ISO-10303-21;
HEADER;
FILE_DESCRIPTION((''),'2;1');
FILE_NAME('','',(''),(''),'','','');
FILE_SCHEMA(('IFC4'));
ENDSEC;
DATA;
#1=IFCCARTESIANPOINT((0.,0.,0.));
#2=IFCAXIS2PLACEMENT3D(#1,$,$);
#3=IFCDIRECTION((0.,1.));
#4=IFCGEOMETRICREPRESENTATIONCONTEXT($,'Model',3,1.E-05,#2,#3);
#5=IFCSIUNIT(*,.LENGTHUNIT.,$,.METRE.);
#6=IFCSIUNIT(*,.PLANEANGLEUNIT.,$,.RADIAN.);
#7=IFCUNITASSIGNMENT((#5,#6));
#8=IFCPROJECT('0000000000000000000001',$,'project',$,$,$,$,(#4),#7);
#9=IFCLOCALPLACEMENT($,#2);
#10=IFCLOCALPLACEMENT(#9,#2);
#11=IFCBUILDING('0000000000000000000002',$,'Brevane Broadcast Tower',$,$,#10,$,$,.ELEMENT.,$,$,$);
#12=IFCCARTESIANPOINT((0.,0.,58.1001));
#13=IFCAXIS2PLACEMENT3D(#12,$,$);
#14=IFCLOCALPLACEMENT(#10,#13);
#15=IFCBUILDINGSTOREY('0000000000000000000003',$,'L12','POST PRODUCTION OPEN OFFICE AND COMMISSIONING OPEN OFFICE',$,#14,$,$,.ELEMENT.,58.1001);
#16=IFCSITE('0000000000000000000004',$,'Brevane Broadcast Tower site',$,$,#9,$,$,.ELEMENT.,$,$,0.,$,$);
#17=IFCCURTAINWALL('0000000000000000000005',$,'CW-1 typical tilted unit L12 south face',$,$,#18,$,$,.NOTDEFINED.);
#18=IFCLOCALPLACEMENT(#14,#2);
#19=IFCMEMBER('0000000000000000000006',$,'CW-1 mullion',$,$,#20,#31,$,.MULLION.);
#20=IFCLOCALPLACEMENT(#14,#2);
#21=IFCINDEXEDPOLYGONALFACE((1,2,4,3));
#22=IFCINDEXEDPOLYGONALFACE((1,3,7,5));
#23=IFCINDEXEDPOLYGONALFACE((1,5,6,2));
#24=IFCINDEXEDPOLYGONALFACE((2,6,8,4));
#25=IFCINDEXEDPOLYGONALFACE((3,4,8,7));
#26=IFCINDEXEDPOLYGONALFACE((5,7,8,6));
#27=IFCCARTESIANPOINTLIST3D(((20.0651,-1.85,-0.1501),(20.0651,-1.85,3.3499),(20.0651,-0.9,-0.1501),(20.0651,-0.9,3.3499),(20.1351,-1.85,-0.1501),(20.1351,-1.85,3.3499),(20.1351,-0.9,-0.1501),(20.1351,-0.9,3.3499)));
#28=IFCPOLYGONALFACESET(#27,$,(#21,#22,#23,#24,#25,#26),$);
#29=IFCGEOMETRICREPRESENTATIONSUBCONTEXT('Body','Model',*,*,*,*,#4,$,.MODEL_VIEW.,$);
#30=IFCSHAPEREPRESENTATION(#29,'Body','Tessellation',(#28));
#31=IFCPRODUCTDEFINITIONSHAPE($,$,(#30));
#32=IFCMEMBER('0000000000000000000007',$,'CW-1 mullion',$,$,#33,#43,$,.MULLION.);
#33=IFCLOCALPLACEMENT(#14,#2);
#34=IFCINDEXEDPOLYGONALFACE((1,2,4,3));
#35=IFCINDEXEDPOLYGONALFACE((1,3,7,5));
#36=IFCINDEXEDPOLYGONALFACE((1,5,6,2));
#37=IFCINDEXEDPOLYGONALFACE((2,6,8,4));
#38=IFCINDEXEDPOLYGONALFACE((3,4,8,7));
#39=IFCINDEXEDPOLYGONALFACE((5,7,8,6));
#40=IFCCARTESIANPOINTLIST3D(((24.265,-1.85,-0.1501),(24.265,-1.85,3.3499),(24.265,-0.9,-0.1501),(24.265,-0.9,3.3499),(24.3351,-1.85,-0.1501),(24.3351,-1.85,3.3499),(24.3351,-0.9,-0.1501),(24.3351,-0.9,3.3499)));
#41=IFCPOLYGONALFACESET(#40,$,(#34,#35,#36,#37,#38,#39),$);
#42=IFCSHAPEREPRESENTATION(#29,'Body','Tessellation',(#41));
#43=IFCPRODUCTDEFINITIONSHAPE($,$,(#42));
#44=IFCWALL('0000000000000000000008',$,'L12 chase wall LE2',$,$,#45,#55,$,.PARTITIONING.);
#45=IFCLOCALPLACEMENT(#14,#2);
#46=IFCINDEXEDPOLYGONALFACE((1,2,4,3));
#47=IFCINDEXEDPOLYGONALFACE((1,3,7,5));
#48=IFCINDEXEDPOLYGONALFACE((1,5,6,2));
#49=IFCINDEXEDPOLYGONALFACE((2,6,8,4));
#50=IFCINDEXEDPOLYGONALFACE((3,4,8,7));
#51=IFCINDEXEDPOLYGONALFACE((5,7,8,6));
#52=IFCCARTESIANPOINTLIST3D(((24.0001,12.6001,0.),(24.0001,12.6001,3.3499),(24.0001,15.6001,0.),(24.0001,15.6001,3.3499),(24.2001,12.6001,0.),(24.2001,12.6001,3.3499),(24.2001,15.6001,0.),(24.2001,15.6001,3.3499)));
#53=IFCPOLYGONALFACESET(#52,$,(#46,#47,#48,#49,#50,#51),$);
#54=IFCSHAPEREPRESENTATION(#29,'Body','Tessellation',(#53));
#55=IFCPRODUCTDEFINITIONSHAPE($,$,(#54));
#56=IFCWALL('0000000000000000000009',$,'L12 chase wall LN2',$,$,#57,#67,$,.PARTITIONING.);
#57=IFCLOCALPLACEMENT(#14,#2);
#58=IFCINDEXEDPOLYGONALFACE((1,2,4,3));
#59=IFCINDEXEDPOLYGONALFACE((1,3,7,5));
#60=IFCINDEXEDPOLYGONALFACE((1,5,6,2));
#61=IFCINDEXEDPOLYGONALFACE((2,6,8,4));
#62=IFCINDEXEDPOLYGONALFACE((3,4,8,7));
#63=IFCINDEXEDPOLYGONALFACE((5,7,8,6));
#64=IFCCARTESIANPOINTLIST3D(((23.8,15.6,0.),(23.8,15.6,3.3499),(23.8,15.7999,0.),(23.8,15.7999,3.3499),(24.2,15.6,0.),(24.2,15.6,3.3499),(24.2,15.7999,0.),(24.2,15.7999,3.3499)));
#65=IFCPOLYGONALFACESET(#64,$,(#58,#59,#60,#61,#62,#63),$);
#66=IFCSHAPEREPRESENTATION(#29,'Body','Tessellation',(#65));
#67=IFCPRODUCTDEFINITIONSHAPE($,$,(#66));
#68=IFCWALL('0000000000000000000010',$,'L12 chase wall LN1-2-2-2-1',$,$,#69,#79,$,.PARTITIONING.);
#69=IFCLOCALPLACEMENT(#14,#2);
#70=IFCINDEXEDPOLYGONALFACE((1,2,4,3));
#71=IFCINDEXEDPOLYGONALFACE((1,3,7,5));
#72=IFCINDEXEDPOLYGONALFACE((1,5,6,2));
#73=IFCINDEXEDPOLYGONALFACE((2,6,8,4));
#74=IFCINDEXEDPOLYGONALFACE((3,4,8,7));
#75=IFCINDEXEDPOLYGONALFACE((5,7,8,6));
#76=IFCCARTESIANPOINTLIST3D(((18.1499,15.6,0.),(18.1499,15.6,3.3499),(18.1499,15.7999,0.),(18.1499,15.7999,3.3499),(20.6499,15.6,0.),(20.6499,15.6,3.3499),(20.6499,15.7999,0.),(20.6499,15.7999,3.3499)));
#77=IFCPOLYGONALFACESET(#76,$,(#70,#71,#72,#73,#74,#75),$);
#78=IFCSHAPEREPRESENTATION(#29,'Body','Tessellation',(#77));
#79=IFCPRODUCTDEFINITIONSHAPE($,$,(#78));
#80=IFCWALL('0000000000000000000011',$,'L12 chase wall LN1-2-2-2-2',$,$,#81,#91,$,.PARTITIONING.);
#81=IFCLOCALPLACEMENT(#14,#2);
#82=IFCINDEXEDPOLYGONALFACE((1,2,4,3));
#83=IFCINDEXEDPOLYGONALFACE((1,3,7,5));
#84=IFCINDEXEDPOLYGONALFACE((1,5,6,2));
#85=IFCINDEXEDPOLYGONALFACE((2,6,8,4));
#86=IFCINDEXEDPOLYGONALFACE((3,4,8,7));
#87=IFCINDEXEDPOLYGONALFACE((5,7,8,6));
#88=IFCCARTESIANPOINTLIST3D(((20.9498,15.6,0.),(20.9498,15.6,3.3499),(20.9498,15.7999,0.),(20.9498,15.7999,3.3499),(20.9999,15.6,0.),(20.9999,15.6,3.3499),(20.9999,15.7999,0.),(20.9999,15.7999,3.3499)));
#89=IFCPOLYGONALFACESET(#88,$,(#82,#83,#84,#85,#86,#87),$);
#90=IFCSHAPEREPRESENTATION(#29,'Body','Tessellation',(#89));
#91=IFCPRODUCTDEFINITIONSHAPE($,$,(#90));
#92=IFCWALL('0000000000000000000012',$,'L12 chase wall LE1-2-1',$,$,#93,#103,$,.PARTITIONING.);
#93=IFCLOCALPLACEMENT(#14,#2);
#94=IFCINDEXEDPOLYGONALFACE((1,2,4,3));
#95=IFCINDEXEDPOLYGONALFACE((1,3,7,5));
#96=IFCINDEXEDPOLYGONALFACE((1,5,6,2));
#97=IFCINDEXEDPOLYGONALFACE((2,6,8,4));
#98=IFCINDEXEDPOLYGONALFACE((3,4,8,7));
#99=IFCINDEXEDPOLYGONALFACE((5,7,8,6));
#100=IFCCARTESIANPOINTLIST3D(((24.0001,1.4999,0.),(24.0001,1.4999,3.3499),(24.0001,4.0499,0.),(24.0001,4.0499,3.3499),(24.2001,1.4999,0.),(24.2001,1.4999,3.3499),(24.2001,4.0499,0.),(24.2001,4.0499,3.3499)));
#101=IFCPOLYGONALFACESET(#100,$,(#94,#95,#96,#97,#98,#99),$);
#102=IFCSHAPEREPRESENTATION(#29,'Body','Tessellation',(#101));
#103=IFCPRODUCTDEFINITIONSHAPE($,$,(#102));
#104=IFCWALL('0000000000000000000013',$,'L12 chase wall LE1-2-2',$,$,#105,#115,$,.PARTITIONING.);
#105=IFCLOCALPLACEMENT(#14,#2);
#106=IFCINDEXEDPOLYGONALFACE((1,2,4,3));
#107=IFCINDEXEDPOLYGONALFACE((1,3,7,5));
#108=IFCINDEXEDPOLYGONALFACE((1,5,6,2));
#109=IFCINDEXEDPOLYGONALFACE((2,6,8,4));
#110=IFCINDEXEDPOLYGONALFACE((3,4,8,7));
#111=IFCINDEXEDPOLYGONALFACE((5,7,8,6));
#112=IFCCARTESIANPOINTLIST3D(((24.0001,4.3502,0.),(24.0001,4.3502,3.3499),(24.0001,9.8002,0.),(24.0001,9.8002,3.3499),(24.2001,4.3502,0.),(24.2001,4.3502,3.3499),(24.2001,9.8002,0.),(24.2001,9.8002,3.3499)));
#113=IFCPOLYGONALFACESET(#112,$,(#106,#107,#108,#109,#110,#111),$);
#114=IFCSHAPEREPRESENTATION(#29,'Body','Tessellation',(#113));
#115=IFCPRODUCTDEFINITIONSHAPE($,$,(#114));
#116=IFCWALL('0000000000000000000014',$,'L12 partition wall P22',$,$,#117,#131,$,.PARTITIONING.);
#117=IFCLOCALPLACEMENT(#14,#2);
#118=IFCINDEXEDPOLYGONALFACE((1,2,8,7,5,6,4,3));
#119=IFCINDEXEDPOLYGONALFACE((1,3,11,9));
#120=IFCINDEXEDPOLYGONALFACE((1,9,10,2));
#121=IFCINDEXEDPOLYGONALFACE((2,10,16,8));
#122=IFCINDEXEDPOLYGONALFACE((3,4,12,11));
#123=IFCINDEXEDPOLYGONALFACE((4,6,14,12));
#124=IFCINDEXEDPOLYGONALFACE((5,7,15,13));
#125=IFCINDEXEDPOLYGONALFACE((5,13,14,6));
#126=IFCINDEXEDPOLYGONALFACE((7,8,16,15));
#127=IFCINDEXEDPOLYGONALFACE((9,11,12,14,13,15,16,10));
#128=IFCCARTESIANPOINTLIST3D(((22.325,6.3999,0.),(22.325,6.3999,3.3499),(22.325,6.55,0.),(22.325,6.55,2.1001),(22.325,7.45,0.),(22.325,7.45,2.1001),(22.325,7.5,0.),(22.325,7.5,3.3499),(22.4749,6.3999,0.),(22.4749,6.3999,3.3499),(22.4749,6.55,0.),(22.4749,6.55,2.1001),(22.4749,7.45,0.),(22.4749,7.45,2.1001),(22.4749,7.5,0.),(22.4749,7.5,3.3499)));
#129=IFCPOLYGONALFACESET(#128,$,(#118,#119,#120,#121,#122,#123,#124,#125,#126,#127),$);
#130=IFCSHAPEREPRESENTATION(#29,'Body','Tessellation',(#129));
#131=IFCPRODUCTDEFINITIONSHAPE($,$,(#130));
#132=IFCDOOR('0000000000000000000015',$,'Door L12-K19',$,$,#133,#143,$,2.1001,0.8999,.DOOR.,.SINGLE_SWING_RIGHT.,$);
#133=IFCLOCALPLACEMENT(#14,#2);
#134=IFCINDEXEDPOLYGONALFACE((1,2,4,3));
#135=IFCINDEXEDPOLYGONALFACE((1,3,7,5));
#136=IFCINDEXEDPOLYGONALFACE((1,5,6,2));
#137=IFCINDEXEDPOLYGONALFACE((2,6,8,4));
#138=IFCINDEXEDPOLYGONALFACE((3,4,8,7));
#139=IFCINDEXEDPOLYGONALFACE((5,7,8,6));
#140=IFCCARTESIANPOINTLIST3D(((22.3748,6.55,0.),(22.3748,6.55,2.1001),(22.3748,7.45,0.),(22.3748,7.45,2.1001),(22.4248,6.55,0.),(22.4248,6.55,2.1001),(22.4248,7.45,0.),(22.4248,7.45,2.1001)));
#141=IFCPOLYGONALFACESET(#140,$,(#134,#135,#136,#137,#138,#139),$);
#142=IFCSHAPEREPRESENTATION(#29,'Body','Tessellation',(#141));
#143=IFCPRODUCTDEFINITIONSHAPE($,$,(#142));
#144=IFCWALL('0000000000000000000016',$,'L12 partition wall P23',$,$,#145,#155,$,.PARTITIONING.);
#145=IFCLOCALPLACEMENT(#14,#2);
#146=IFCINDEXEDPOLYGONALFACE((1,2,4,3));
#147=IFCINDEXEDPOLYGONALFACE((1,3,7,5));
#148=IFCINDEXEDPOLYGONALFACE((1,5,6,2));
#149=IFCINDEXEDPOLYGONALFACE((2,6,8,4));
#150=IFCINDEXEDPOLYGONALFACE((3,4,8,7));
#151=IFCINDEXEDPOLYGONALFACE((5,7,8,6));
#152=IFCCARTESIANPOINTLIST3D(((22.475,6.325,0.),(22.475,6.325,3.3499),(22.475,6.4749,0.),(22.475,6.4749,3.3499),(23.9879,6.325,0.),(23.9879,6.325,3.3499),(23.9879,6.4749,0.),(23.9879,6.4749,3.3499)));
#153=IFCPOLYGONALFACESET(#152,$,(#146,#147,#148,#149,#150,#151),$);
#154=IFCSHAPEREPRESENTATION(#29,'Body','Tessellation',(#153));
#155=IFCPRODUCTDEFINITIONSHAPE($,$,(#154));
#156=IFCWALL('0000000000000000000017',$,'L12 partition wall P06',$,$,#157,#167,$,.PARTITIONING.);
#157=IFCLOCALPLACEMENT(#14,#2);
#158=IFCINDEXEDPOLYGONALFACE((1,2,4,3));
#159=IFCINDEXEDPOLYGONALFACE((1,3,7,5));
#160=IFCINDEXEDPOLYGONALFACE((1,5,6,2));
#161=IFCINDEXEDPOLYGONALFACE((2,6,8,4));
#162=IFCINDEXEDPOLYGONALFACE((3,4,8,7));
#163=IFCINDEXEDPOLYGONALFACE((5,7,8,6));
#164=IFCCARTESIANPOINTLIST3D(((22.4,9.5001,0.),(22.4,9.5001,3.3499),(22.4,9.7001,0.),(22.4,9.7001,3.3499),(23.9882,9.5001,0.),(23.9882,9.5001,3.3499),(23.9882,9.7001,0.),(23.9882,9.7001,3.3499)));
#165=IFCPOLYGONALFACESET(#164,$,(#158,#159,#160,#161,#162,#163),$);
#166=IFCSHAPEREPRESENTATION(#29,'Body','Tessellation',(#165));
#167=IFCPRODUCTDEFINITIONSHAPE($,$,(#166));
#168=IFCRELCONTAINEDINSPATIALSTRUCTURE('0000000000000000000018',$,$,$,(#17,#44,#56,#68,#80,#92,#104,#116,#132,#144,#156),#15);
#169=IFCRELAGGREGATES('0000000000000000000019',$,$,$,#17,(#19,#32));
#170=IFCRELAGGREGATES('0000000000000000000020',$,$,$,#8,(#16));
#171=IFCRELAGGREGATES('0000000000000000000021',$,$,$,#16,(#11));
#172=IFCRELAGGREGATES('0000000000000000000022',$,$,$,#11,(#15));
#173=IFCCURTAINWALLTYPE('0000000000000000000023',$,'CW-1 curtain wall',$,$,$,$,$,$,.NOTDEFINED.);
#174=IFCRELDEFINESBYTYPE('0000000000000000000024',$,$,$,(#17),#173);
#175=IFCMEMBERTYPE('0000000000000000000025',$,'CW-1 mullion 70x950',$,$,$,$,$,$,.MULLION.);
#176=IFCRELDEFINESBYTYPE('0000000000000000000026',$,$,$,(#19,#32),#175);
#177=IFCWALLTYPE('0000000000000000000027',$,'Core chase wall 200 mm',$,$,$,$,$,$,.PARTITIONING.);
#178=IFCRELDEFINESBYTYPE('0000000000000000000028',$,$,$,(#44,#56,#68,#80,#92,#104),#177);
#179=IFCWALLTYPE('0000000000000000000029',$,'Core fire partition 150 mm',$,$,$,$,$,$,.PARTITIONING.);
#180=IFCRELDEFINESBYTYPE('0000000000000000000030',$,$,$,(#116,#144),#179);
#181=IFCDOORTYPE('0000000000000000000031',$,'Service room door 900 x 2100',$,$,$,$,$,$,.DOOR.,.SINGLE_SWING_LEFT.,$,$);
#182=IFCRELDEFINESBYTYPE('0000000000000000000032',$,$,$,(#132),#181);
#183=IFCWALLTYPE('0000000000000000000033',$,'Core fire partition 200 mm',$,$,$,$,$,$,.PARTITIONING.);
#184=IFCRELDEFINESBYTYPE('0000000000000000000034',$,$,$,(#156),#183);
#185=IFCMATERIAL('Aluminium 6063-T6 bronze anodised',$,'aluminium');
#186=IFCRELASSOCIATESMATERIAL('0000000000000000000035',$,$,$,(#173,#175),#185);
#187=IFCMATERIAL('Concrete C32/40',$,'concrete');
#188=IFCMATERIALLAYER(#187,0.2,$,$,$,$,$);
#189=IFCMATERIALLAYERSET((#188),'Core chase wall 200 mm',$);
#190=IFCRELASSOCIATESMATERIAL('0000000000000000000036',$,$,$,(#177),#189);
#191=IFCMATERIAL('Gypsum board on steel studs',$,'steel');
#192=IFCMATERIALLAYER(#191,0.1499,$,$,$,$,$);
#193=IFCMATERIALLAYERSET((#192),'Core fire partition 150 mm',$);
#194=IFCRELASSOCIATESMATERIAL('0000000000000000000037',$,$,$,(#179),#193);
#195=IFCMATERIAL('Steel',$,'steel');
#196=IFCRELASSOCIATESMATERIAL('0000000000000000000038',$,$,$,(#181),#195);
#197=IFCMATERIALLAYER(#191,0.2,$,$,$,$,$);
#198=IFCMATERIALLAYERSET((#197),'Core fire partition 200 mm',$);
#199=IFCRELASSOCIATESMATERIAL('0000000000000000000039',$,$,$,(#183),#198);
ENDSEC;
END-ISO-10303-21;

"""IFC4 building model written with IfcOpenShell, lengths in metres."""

from ifc_helpers import new_model, si_unit, direction, frame, frame_2d, origin, origin_2d, place, context, subcontext, project, spatial, rectangle, extrude, material, layer, layer_set, material_profile, profile_set, type_object, element, fill, aggregate, save


model = new_model("IFC4")

# Units and contexts
model_context = context("Model", 3, precision=1e-05, world=origin(), true_north=direction((0.0, 1.0)))
body_context = subcontext(model_context, "Body", "Model", "MODEL_VIEW")
ifc_project = project(units=[si_unit("LENGTHUNIT", "METRE"), si_unit("PLANEANGLEUNIT", "RADIAN")], contexts=[model_context])

# Site, building, storey
site_placement = place(None, origin())
site = spatial("IfcSite", under=ifc_project, at=site_placement, Name="Brevane Broadcast Tower site", CompositionType="ELEMENT", RefElevation=0.0)
building_placement = place(site_placement, origin())
building = spatial("IfcBuilding", under=site, at=building_placement, Name="Brevane Broadcast Tower", CompositionType="ELEMENT")
storey_placement = place(building_placement, frame((0.0, 0.0, 58.1001)))
storey = spatial("IfcBuildingStorey", under=building, at=storey_placement, Name="L12", Description="POST PRODUCTION OPEN OFFICE AND COMMISSIONING OPEN OFFICE", CompositionType="ELEMENT", Elevation=58.1001)

# Curtain wall, members
ifc_material_1 = material(Name="Aluminium 6063-T6 bronze anodised", Category="aluminium")
curtain_wall_type = type_object("IfcCurtainWallType", Name="CW-1 curtain wall", PredefinedType="NOTDEFINED", material=ifc_material_1)
curtain_wall_placement = place(storey_placement, origin())
curtain_wall = element("IfcCurtainWall", 1, at=curtain_wall_placement, inside=storey, type_object=curtain_wall_type, Name="CW-1 typical tilted unit L12 south face", PredefinedType="NOTDEFINED")
ifc_material_profile = material_profile(ifc_material_1, rectangle(XDim=0.95, YDim=0.0701, at=origin_2d()), Name="RECT 70x950")
ifc_profile_set = profile_set([ifc_material_profile], Name="Aluminium 6063-T6 bronze anodised")
member_type = type_object("IfcMemberType", Name="CW-1 mullion 70x950", PredefinedType="MULLION", material=ifc_profile_set)
member_1_placement = place(storey_placement, frame((20.1001, -1.375, -0.1501), z_axis=(0.0, 0.0, 1.0), x_axis=(0.0, 1.0, 0.0)))
member_1 = element("IfcMember", 2, at=member_1_placement, type_object=member_type, Name="CW-1 mullion", PredefinedType="MULLION", context=body_context, shape_type="SweptSolid", body=[
    extrude(rectangle(XDim=0.95, YDim=0.0701, at=origin_2d()), origin(), (0.0, 0.0, 1.0), 3.5),
])
member_2_placement = place(storey_placement, frame((24.3, -1.375, -0.1501), z_axis=(0.0, 0.0, 1.0), x_axis=(0.0, 1.0, 0.0)))
member_2 = element("IfcMember", 3, at=member_2_placement, type_object=member_type, Name="CW-1 mullion", PredefinedType="MULLION", context=body_context, shape_type="SweptSolid", body=[
    extrude(rectangle(XDim=0.95, YDim=0.0701, at=origin_2d()), origin(), (0.0, 0.0, 1.0), 3.5),
])
aggregate(curtain_wall, [member_1, member_2])

# Walls
ifc_material_2 = material(Name="Concrete C32/40", Category="concrete")
ifc_layer_1 = layer(ifc_material_2, 0.2)
ifc_layer_set_1 = layer_set([ifc_layer_1], Name="Core chase wall 200 mm")
wall_type_1 = type_object("IfcWallType", Name="Core chase wall 200 mm", PredefinedType="PARTITIONING", material=ifc_layer_set_1)
wall_1_placement = place(storey_placement, frame((24.1001, 12.6001, 0.0), z_axis=(0.0, 0.0, 1.0), x_axis=(0.0, 1.0, 0.0)))
element("IfcWall", 4, at=wall_1_placement, inside=storey, type_object=wall_type_1, Name="L12 chase wall LE2", PredefinedType="PARTITIONING", context=body_context, shape_type="SweptSolid", body=[
    extrude(rectangle(XDim=3.0, YDim=0.2, at=frame_2d((1.5, 0.0))), origin(), (0.0, 0.0, 1.0), 3.3499),
])
wall_2_placement = place(storey_placement, frame((23.8, 15.7, 0.0), z_axis=(0.0, 0.0, 1.0), x_axis=(1.0, 0.0, 0.0)))
element("IfcWall", 5, at=wall_2_placement, inside=storey, type_object=wall_type_1, Name="L12 chase wall LN2", PredefinedType="PARTITIONING", context=body_context, shape_type="SweptSolid", body=[
    extrude(rectangle(XDim=0.3999, YDim=0.2, at=frame_2d((0.2, 0.0))), origin(), (0.0, 0.0, 1.0), 3.3499),
])
wall_3_placement = place(storey_placement, frame((18.1499, 15.7, 0.0), z_axis=(0.0, 0.0, 1.0), x_axis=(1.0, 0.0, 0.0)))
element("IfcWall", 6, at=wall_3_placement, inside=storey, type_object=wall_type_1, Name="L12 chase wall LN1-2-2-2-1", PredefinedType="PARTITIONING", context=body_context, shape_type="SweptSolid", body=[
    extrude(rectangle(XDim=2.5, YDim=0.2, at=frame_2d((1.25, 0.0))), origin(), (0.0, 0.0, 1.0), 3.3499),
])
wall_4_placement = place(storey_placement, frame((20.95, 15.7, 0.0), z_axis=(0.0, 0.0, 1.0), x_axis=(1.0, 0.0, 0.0)))
element("IfcWall", 7, at=wall_4_placement, inside=storey, type_object=wall_type_1, Name="L12 chase wall LN1-2-2-2-2", PredefinedType="PARTITIONING", context=body_context, shape_type="SweptSolid", body=[
    extrude(rectangle(XDim=0.05, YDim=0.2, at=frame_2d((0.0249, 0.0))), origin(), (0.0, 0.0, 1.0), 3.3499),
])
wall_5_placement = place(storey_placement, frame((24.1001, 1.5, 0.0), z_axis=(0.0, 0.0, 1.0), x_axis=(0.0, 1.0, 0.0)))
element("IfcWall", 8, at=wall_5_placement, inside=storey, type_object=wall_type_1, Name="L12 chase wall LE1-2-1", PredefinedType="PARTITIONING", context=body_context, shape_type="SweptSolid", body=[
    extrude(rectangle(XDim=2.55, YDim=0.2, at=frame_2d((1.2749, 0.0))), origin(), (0.0, 0.0, 1.0), 3.3499),
])
wall_6_placement = place(storey_placement, frame((24.1001, 4.3501, 0.0), z_axis=(0.0, 0.0, 1.0), x_axis=(0.0, 1.0, 0.0)))
element("IfcWall", 9, at=wall_6_placement, inside=storey, type_object=wall_type_1, Name="L12 chase wall LE1-2-2", PredefinedType="PARTITIONING", context=body_context, shape_type="SweptSolid", body=[
    extrude(rectangle(XDim=5.45, YDim=0.2, at=frame_2d((2.7251, 0.0))), origin(), (0.0, 0.0, 1.0), 3.3499),
])

# Wall, opening, door
ifc_material_3 = material(Name="Gypsum board on steel studs", Category="steel")
ifc_layer_2 = layer(ifc_material_3, 0.1499)
ifc_layer_set_2 = layer_set([ifc_layer_2], Name="Core fire partition 150 mm")
wall_type_2 = type_object("IfcWallType", Name="Core fire partition 150 mm", PredefinedType="PARTITIONING", material=ifc_layer_set_2)
wall_7_placement = place(storey_placement, frame((22.3999, 7.5, 0.0), z_axis=(0.0, 0.0, 1.0), x_axis=(0.0, -1.0, 0.0)))
wall_7 = element("IfcWall", 10, at=wall_7_placement, inside=storey, type_object=wall_type_2, Name="L12 partition wall P22", PredefinedType="PARTITIONING", context=body_context, shape_type="SweptSolid", body=[
    extrude(rectangle(XDim=1.1001, YDim=0.1499, at=frame_2d((0.55, 0.0))), origin(), (0.0, 0.0, 1.0), 3.3499),
])
opening_1_placement = place(wall_7_placement, frame((0.05, 0.0, 0.0)))
opening_1 = element("IfcOpeningElement", 11, at=opening_1_placement, cuts=wall_7, PredefinedType="OPENING", context=body_context, shape_type="SweptSolid", body=[
    extrude(rectangle(XDim=0.8999, YDim=2.1001, at=frame_2d((0.45, 1.05))), frame((0.0, 0.085, 0.0), z_axis=(0.0, -1.0, 0.0), x_axis=(1.0, 0.0, 0.0)), (0.0, 0.0, 1.0), 0.1699),
])
ifc_material_4 = material(Name="Steel", Category="steel")
door_type = type_object("IfcDoorType", Name="Service room door 900 x 2100", OperationType="SINGLE_SWING_LEFT", PredefinedType="DOOR", material=ifc_material_4)
door_1_placement = place(opening_1_placement, origin())
door_1 = element("IfcDoor", 12, at=door_1_placement, inside=storey, type_object=door_type, Name="Door L12-K19", OperationType="SINGLE_SWING_RIGHT", OverallHeight=2.1001, OverallWidth=0.8999, PredefinedType="DOOR", context=body_context, shape_type="SweptSolid", body=[
    extrude(rectangle(XDim=0.8999, YDim=2.1001, at=frame_2d((0.45, 1.05))), frame((0.0, 0.0249, 0.0), z_axis=(0.0, -1.0, 0.0), x_axis=(1.0, 0.0, 0.0)), (0.0, 0.0, 1.0), 0.05),
])
fill(opening_1, door_1)

# Walls
wall_8_placement = place(storey_placement, frame((22.4751, 6.3999, 0.0), z_axis=(0.0, 0.0, 1.0), x_axis=(1.0, 0.0, 0.0)))
element("IfcWall", 13, at=wall_8_placement, inside=storey, type_object=wall_type_2, Name="L12 partition wall P23", PredefinedType="PARTITIONING", context=body_context, shape_type="SweptSolid", body=[
    extrude(rectangle(XDim=1.5129, YDim=0.1499, at=frame_2d((0.7563, 0.0))), origin(), (0.0, 0.0, 1.0), 3.3499),
])
ifc_layer_3 = layer(ifc_material_3, 0.2)
ifc_layer_set_3 = layer_set([ifc_layer_3], Name="Core fire partition 200 mm")
wall_type_3 = type_object("IfcWallType", Name="Core fire partition 200 mm", PredefinedType="PARTITIONING", material=ifc_layer_set_3)
wall_9_placement = place(storey_placement, frame((23.988, 9.6001, 0.0), z_axis=(0.0, 0.0, 1.0), x_axis=(-1.0, 0.0, 0.0)))
element("IfcWall", 14, at=wall_9_placement, inside=storey, type_object=wall_type_3, Name="L12 partition wall P06", PredefinedType="PARTITIONING", context=body_context, shape_type="SweptSolid", body=[
    extrude(rectangle(XDim=1.5881, YDim=0.2, at=frame_2d((0.7939, 0.0))), origin(), (0.0, 0.0, 1.0), 3.3499),
])

save(model, "model.ifc")
